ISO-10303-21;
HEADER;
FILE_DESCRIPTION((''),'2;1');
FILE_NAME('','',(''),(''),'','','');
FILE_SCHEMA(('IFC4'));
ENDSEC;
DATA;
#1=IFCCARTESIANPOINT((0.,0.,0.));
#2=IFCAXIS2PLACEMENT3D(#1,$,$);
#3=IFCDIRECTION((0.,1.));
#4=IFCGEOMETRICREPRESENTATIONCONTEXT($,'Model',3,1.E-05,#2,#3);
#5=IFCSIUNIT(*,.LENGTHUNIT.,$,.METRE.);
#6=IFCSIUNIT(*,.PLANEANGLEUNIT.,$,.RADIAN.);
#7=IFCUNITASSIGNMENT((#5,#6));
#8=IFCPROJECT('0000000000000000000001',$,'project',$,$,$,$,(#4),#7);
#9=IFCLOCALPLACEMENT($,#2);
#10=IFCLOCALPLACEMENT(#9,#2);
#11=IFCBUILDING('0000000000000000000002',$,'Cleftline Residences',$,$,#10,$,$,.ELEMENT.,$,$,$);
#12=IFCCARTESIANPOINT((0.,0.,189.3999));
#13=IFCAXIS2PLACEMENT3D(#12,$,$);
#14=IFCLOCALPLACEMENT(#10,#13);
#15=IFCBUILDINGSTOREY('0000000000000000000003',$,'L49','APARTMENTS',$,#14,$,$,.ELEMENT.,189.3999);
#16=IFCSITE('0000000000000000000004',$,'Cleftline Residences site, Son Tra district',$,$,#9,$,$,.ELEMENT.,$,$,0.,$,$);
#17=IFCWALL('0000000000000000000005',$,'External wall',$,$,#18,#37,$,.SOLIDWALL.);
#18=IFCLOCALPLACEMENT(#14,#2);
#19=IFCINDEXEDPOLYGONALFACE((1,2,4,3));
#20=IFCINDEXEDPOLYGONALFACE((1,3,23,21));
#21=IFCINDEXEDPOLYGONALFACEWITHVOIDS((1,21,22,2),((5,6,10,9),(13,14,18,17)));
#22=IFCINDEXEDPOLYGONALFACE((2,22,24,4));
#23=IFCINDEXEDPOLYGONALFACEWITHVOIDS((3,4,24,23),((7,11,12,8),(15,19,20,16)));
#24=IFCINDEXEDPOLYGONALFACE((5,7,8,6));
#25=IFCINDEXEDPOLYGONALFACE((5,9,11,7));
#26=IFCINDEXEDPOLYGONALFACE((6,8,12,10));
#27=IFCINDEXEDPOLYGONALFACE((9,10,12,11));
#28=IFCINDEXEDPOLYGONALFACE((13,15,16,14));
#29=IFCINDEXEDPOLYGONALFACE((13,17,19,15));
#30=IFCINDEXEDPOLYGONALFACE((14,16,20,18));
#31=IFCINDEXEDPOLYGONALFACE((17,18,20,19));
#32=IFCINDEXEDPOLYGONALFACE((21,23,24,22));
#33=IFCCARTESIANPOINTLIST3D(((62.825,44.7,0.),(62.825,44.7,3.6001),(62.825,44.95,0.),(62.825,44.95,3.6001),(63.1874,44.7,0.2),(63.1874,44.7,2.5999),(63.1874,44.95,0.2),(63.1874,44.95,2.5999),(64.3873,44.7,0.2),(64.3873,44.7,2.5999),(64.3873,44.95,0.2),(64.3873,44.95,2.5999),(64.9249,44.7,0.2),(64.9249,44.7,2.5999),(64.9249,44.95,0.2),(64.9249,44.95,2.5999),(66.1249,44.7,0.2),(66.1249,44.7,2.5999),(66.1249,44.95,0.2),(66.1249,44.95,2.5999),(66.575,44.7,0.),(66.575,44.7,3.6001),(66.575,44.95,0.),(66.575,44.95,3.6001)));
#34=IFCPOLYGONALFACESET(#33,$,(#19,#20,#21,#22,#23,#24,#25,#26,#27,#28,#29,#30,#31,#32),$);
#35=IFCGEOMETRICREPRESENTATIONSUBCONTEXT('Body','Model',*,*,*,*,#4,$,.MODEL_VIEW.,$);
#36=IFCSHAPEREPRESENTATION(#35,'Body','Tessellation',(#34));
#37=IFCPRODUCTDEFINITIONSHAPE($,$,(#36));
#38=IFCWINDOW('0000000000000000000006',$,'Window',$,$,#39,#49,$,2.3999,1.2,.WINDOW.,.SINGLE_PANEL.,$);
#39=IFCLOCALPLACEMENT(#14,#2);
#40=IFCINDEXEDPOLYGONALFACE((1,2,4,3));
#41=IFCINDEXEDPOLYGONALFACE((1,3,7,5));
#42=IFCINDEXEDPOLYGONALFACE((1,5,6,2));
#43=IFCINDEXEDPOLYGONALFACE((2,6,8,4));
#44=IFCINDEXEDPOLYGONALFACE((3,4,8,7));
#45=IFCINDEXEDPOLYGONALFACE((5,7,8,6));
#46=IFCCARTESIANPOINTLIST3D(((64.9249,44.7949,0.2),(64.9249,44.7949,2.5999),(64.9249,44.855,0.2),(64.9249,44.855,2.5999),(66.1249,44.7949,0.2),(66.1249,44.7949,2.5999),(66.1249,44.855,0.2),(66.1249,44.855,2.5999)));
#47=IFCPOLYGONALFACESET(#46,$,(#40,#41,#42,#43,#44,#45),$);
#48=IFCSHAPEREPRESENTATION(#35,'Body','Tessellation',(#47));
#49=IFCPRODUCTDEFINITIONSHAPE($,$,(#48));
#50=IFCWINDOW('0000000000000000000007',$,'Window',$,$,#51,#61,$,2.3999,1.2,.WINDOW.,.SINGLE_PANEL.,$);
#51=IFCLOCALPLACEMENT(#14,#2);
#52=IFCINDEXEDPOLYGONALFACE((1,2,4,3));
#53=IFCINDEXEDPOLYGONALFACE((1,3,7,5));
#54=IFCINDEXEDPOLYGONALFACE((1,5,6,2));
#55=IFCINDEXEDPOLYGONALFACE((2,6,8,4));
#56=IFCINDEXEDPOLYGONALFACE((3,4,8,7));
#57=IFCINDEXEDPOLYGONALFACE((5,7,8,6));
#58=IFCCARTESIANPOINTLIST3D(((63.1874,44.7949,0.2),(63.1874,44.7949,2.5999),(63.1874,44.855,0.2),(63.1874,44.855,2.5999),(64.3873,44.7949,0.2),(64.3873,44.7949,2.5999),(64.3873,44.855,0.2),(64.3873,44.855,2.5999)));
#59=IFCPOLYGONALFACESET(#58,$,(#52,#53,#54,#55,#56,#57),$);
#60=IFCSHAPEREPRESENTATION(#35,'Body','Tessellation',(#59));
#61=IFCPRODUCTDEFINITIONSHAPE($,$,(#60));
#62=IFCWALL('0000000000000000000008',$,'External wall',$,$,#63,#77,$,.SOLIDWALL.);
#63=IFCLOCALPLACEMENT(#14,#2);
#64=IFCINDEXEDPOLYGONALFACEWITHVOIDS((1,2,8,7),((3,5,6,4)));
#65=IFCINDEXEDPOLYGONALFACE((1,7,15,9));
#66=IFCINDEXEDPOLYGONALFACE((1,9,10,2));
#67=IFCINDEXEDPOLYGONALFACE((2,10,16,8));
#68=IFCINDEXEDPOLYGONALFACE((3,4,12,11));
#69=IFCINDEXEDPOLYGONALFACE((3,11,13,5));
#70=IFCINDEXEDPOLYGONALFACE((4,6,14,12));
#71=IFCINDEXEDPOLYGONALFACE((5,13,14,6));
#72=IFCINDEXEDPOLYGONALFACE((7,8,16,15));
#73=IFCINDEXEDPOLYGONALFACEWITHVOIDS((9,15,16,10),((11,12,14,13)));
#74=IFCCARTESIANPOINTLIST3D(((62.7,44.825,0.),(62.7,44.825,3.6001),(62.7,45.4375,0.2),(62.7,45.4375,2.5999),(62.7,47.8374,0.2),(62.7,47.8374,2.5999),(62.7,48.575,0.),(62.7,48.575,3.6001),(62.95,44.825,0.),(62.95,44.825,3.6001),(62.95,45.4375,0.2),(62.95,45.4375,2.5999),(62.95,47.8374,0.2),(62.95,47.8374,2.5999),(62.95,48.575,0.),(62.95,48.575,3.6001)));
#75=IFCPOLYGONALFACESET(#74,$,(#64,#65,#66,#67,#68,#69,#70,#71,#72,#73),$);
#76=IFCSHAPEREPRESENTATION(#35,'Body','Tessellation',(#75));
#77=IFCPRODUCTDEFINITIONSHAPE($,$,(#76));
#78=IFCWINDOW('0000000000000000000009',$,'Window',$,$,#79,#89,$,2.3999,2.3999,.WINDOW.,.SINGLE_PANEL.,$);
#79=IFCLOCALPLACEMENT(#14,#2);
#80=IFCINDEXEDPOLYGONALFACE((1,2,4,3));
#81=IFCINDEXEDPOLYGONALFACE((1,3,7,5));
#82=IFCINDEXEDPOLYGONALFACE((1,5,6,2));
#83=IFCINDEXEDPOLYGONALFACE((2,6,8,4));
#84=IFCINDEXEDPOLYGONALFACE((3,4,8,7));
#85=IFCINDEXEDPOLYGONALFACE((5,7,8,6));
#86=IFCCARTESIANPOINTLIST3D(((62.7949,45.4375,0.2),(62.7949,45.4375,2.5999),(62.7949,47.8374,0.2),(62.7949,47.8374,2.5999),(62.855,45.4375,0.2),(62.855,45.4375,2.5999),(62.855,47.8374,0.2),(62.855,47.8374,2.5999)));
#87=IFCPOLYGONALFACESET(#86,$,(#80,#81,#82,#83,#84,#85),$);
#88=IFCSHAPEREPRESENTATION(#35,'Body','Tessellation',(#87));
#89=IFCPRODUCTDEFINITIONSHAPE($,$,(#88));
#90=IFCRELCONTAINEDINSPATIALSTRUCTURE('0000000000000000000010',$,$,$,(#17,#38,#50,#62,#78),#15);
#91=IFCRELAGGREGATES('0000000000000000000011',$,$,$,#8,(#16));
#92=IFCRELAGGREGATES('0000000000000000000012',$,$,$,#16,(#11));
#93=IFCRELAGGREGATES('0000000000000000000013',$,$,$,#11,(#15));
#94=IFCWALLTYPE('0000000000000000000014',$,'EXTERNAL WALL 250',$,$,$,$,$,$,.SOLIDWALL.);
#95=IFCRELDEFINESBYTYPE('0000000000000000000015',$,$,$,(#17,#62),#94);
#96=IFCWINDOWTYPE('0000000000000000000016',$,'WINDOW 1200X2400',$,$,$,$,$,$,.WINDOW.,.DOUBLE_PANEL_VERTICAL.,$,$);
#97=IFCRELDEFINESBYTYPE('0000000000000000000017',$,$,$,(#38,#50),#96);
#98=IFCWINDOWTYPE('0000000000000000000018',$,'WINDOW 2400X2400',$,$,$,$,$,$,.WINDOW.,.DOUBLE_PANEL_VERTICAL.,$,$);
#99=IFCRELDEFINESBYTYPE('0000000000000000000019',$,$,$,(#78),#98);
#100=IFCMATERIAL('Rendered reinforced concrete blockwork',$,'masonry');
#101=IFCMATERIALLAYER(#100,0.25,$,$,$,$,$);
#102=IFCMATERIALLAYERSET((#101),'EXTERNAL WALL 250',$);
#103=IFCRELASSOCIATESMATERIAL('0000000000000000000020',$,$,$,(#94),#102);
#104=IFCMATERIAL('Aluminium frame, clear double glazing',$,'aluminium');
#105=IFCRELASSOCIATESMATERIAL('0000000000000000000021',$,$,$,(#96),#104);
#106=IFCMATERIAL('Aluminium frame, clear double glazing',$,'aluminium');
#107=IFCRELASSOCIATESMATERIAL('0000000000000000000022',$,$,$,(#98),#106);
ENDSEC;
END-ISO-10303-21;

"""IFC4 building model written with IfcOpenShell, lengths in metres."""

from ifc_helpers import new_model, si_unit, direction, frame, frame_2d, origin, place, context, subcontext, project, spatial, rectangle, extrude, material, layer, layer_set, type_object, element, fill, save


model = new_model("IFC4")

# Units and contexts
model_context = context("Model", 3, precision=1e-05, world=origin(), true_north=direction((0.0, 1.0)))
body_context = subcontext(model_context, "Body", "Model", "MODEL_VIEW")
ifc_project = project(units=[si_unit("LENGTHUNIT", "METRE"), si_unit("PLANEANGLEUNIT", "RADIAN")], contexts=[model_context])

# Site, building, storey
site_placement = place(None, origin())
site = spatial("IfcSite", under=ifc_project, at=site_placement, Name="Cleftline Residences site, Son Tra district", CompositionType="ELEMENT", RefElevation=0.0)
building_placement = place(site_placement, origin())
building = spatial("IfcBuilding", under=site, at=building_placement, Name="Cleftline Residences", CompositionType="ELEMENT")
storey_placement = place(building_placement, frame((0.0, 0.0, 189.3999)))
storey = spatial("IfcBuildingStorey", under=building, at=storey_placement, Name="L49", Description="APARTMENTS", CompositionType="ELEMENT", Elevation=189.3999)

# Wall, openings, windows
ifc_material_1 = material(Name="Rendered reinforced concrete blockwork", Category="masonry")
ifc_layer_1 = layer(ifc_material_1, 0.25)
ifc_layer_set_1 = layer_set([ifc_layer_1], Name="EXTERNAL WALL 250")
wall_type_1 = type_object("IfcWallType", Name="EXTERNAL WALL 250", PredefinedType="SOLIDWALL", material=ifc_layer_set_1)
wall_1_placement = place(storey_placement, frame((66.575, 44.825, 0.0), z_axis=(0.0, 0.0, 1.0), x_axis=(-1.0, 0.0, 0.0)))
wall_1 = element("IfcWall", 1, at=wall_1_placement, inside=storey, type_object=wall_type_1, Name="External wall", PredefinedType="SOLIDWALL", context=body_context, shape_type="SweptSolid", body=[
    extrude(rectangle(XDim=3.75, YDim=0.25, at=frame_2d((1.875, 0.0))), origin(), (0.0, 0.0, 1.0), 3.6001),
])
opening_1_placement = place(wall_1_placement, frame((0.45, 0.0, 0.2)))
opening_1 = element("IfcOpeningElement", 2, at=opening_1_placement, cuts=wall_1, PredefinedType="OPENING", context=body_context, shape_type="SweptSolid", body=[
    extrude(rectangle(XDim=1.2, YDim=2.3999, at=frame_2d((0.6001, 1.2))), frame((0.0, 0.135, 0.0), z_axis=(0.0, -1.0, 0.0), x_axis=(1.0, 0.0, 0.0)), (0.0, 0.0, 1.0), 0.27),
])
opening_2_placement = place(wall_1_placement, frame((2.1875, 0.0, 0.2)))
opening_2 = element("IfcOpeningElement", 3, at=opening_2_placement, cuts=wall_1, PredefinedType="OPENING", context=body_context, shape_type="SweptSolid", body=[
    extrude(rectangle(XDim=1.2, YDim=2.3999, at=frame_2d((0.6001, 1.2))), frame((0.0, 0.135, 0.0), z_axis=(0.0, -1.0, 0.0), x_axis=(1.0, 0.0, 0.0)), (0.0, 0.0, 1.0), 0.27),
])
ifc_material_2 = material(Name="Aluminium frame, clear double glazing", Category="aluminium")
window_type_1 = type_object("IfcWindowType", Name="WINDOW 1200X2400", PartitioningType="DOUBLE_PANEL_VERTICAL", PredefinedType="WINDOW", material=ifc_material_2)
window_1_placement = place(opening_1_placement, origin())
window_1 = element("IfcWindow", 4, at=window_1_placement, inside=storey, type_object=window_type_1, Name="Window", OverallHeight=2.3999, OverallWidth=1.2, PartitioningType="SINGLE_PANEL", PredefinedType="WINDOW", context=body_context, shape_type="SweptSolid", body=[
    extrude(rectangle(XDim=1.2, YDim=2.3999, at=frame_2d((0.6001, 1.2))), frame((0.0, 0.03, 0.0), z_axis=(0.0, -1.0, 0.0), x_axis=(1.0, 0.0, 0.0)), (0.0, 0.0, 1.0), 0.0601),
])
fill(opening_1, window_1)
window_2_placement = place(opening_2_placement, origin())
window_2 = element("IfcWindow", 5, at=window_2_placement, inside=storey, type_object=window_type_1, Name="Window", OverallHeight=2.3999, OverallWidth=1.2, PartitioningType="SINGLE_PANEL", PredefinedType="WINDOW", context=body_context, shape_type="SweptSolid", body=[
    extrude(rectangle(XDim=1.2, YDim=2.3999, at=frame_2d((0.6001, 1.2))), frame((0.0, 0.03, 0.0), z_axis=(0.0, -1.0, 0.0), x_axis=(1.0, 0.0, 0.0)), (0.0, 0.0, 1.0), 0.0601),
])
fill(opening_2, window_2)

# Wall, opening, window
wall_2_placement = place(storey_placement, frame((62.825, 44.825, 0.0), z_axis=(0.0, 0.0, 1.0), x_axis=(0.0, 1.0, 0.0)))
wall_2 = element("IfcWall", 6, at=wall_2_placement, inside=storey, type_object=wall_type_1, Name="External wall", PredefinedType="SOLIDWALL", context=body_context, shape_type="SweptSolid", body=[
    extrude(rectangle(XDim=3.75, YDim=0.25, at=frame_2d((1.875, 0.0))), origin(), (0.0, 0.0, 1.0), 3.6001),
])
opening_3_placement = place(wall_2_placement, frame((0.6125, 0.0, 0.2)))
opening_3 = element("IfcOpeningElement", 7, at=opening_3_placement, cuts=wall_2, PredefinedType="OPENING", context=body_context, shape_type="SweptSolid", body=[
    extrude(rectangle(XDim=2.3999, YDim=2.3999, at=frame_2d((1.2, 1.2))), frame((0.0, 0.135, 0.0), z_axis=(0.0, -1.0, 0.0), x_axis=(1.0, 0.0, 0.0)), (0.0, 0.0, 1.0), 0.27),
])
ifc_material_3 = material(Name="Aluminium frame, clear double glazing", Category="aluminium")
window_type_2 = type_object("IfcWindowType", Name="WINDOW 2400X2400", PartitioningType="DOUBLE_PANEL_VERTICAL", PredefinedType="WINDOW", material=ifc_material_3)
window_3_placement = place(opening_3_placement, origin())
window_3 = element("IfcWindow", 8, at=window_3_placement, inside=storey, type_object=window_type_2, Name="Window", OverallHeight=2.3999, OverallWidth=2.3999, PartitioningType="SINGLE_PANEL", PredefinedType="WINDOW", context=body_context, shape_type="SweptSolid", body=[
    extrude(rectangle(XDim=2.3999, YDim=2.3999, at=frame_2d((1.2, 1.2))), frame((0.0, 0.03, 0.0), z_axis=(0.0, -1.0, 0.0), x_axis=(1.0, 0.0, 0.0)), (0.0, 0.0, 1.0), 0.0601),
])
fill(opening_3, window_3)

save(model, "model.ifc")
